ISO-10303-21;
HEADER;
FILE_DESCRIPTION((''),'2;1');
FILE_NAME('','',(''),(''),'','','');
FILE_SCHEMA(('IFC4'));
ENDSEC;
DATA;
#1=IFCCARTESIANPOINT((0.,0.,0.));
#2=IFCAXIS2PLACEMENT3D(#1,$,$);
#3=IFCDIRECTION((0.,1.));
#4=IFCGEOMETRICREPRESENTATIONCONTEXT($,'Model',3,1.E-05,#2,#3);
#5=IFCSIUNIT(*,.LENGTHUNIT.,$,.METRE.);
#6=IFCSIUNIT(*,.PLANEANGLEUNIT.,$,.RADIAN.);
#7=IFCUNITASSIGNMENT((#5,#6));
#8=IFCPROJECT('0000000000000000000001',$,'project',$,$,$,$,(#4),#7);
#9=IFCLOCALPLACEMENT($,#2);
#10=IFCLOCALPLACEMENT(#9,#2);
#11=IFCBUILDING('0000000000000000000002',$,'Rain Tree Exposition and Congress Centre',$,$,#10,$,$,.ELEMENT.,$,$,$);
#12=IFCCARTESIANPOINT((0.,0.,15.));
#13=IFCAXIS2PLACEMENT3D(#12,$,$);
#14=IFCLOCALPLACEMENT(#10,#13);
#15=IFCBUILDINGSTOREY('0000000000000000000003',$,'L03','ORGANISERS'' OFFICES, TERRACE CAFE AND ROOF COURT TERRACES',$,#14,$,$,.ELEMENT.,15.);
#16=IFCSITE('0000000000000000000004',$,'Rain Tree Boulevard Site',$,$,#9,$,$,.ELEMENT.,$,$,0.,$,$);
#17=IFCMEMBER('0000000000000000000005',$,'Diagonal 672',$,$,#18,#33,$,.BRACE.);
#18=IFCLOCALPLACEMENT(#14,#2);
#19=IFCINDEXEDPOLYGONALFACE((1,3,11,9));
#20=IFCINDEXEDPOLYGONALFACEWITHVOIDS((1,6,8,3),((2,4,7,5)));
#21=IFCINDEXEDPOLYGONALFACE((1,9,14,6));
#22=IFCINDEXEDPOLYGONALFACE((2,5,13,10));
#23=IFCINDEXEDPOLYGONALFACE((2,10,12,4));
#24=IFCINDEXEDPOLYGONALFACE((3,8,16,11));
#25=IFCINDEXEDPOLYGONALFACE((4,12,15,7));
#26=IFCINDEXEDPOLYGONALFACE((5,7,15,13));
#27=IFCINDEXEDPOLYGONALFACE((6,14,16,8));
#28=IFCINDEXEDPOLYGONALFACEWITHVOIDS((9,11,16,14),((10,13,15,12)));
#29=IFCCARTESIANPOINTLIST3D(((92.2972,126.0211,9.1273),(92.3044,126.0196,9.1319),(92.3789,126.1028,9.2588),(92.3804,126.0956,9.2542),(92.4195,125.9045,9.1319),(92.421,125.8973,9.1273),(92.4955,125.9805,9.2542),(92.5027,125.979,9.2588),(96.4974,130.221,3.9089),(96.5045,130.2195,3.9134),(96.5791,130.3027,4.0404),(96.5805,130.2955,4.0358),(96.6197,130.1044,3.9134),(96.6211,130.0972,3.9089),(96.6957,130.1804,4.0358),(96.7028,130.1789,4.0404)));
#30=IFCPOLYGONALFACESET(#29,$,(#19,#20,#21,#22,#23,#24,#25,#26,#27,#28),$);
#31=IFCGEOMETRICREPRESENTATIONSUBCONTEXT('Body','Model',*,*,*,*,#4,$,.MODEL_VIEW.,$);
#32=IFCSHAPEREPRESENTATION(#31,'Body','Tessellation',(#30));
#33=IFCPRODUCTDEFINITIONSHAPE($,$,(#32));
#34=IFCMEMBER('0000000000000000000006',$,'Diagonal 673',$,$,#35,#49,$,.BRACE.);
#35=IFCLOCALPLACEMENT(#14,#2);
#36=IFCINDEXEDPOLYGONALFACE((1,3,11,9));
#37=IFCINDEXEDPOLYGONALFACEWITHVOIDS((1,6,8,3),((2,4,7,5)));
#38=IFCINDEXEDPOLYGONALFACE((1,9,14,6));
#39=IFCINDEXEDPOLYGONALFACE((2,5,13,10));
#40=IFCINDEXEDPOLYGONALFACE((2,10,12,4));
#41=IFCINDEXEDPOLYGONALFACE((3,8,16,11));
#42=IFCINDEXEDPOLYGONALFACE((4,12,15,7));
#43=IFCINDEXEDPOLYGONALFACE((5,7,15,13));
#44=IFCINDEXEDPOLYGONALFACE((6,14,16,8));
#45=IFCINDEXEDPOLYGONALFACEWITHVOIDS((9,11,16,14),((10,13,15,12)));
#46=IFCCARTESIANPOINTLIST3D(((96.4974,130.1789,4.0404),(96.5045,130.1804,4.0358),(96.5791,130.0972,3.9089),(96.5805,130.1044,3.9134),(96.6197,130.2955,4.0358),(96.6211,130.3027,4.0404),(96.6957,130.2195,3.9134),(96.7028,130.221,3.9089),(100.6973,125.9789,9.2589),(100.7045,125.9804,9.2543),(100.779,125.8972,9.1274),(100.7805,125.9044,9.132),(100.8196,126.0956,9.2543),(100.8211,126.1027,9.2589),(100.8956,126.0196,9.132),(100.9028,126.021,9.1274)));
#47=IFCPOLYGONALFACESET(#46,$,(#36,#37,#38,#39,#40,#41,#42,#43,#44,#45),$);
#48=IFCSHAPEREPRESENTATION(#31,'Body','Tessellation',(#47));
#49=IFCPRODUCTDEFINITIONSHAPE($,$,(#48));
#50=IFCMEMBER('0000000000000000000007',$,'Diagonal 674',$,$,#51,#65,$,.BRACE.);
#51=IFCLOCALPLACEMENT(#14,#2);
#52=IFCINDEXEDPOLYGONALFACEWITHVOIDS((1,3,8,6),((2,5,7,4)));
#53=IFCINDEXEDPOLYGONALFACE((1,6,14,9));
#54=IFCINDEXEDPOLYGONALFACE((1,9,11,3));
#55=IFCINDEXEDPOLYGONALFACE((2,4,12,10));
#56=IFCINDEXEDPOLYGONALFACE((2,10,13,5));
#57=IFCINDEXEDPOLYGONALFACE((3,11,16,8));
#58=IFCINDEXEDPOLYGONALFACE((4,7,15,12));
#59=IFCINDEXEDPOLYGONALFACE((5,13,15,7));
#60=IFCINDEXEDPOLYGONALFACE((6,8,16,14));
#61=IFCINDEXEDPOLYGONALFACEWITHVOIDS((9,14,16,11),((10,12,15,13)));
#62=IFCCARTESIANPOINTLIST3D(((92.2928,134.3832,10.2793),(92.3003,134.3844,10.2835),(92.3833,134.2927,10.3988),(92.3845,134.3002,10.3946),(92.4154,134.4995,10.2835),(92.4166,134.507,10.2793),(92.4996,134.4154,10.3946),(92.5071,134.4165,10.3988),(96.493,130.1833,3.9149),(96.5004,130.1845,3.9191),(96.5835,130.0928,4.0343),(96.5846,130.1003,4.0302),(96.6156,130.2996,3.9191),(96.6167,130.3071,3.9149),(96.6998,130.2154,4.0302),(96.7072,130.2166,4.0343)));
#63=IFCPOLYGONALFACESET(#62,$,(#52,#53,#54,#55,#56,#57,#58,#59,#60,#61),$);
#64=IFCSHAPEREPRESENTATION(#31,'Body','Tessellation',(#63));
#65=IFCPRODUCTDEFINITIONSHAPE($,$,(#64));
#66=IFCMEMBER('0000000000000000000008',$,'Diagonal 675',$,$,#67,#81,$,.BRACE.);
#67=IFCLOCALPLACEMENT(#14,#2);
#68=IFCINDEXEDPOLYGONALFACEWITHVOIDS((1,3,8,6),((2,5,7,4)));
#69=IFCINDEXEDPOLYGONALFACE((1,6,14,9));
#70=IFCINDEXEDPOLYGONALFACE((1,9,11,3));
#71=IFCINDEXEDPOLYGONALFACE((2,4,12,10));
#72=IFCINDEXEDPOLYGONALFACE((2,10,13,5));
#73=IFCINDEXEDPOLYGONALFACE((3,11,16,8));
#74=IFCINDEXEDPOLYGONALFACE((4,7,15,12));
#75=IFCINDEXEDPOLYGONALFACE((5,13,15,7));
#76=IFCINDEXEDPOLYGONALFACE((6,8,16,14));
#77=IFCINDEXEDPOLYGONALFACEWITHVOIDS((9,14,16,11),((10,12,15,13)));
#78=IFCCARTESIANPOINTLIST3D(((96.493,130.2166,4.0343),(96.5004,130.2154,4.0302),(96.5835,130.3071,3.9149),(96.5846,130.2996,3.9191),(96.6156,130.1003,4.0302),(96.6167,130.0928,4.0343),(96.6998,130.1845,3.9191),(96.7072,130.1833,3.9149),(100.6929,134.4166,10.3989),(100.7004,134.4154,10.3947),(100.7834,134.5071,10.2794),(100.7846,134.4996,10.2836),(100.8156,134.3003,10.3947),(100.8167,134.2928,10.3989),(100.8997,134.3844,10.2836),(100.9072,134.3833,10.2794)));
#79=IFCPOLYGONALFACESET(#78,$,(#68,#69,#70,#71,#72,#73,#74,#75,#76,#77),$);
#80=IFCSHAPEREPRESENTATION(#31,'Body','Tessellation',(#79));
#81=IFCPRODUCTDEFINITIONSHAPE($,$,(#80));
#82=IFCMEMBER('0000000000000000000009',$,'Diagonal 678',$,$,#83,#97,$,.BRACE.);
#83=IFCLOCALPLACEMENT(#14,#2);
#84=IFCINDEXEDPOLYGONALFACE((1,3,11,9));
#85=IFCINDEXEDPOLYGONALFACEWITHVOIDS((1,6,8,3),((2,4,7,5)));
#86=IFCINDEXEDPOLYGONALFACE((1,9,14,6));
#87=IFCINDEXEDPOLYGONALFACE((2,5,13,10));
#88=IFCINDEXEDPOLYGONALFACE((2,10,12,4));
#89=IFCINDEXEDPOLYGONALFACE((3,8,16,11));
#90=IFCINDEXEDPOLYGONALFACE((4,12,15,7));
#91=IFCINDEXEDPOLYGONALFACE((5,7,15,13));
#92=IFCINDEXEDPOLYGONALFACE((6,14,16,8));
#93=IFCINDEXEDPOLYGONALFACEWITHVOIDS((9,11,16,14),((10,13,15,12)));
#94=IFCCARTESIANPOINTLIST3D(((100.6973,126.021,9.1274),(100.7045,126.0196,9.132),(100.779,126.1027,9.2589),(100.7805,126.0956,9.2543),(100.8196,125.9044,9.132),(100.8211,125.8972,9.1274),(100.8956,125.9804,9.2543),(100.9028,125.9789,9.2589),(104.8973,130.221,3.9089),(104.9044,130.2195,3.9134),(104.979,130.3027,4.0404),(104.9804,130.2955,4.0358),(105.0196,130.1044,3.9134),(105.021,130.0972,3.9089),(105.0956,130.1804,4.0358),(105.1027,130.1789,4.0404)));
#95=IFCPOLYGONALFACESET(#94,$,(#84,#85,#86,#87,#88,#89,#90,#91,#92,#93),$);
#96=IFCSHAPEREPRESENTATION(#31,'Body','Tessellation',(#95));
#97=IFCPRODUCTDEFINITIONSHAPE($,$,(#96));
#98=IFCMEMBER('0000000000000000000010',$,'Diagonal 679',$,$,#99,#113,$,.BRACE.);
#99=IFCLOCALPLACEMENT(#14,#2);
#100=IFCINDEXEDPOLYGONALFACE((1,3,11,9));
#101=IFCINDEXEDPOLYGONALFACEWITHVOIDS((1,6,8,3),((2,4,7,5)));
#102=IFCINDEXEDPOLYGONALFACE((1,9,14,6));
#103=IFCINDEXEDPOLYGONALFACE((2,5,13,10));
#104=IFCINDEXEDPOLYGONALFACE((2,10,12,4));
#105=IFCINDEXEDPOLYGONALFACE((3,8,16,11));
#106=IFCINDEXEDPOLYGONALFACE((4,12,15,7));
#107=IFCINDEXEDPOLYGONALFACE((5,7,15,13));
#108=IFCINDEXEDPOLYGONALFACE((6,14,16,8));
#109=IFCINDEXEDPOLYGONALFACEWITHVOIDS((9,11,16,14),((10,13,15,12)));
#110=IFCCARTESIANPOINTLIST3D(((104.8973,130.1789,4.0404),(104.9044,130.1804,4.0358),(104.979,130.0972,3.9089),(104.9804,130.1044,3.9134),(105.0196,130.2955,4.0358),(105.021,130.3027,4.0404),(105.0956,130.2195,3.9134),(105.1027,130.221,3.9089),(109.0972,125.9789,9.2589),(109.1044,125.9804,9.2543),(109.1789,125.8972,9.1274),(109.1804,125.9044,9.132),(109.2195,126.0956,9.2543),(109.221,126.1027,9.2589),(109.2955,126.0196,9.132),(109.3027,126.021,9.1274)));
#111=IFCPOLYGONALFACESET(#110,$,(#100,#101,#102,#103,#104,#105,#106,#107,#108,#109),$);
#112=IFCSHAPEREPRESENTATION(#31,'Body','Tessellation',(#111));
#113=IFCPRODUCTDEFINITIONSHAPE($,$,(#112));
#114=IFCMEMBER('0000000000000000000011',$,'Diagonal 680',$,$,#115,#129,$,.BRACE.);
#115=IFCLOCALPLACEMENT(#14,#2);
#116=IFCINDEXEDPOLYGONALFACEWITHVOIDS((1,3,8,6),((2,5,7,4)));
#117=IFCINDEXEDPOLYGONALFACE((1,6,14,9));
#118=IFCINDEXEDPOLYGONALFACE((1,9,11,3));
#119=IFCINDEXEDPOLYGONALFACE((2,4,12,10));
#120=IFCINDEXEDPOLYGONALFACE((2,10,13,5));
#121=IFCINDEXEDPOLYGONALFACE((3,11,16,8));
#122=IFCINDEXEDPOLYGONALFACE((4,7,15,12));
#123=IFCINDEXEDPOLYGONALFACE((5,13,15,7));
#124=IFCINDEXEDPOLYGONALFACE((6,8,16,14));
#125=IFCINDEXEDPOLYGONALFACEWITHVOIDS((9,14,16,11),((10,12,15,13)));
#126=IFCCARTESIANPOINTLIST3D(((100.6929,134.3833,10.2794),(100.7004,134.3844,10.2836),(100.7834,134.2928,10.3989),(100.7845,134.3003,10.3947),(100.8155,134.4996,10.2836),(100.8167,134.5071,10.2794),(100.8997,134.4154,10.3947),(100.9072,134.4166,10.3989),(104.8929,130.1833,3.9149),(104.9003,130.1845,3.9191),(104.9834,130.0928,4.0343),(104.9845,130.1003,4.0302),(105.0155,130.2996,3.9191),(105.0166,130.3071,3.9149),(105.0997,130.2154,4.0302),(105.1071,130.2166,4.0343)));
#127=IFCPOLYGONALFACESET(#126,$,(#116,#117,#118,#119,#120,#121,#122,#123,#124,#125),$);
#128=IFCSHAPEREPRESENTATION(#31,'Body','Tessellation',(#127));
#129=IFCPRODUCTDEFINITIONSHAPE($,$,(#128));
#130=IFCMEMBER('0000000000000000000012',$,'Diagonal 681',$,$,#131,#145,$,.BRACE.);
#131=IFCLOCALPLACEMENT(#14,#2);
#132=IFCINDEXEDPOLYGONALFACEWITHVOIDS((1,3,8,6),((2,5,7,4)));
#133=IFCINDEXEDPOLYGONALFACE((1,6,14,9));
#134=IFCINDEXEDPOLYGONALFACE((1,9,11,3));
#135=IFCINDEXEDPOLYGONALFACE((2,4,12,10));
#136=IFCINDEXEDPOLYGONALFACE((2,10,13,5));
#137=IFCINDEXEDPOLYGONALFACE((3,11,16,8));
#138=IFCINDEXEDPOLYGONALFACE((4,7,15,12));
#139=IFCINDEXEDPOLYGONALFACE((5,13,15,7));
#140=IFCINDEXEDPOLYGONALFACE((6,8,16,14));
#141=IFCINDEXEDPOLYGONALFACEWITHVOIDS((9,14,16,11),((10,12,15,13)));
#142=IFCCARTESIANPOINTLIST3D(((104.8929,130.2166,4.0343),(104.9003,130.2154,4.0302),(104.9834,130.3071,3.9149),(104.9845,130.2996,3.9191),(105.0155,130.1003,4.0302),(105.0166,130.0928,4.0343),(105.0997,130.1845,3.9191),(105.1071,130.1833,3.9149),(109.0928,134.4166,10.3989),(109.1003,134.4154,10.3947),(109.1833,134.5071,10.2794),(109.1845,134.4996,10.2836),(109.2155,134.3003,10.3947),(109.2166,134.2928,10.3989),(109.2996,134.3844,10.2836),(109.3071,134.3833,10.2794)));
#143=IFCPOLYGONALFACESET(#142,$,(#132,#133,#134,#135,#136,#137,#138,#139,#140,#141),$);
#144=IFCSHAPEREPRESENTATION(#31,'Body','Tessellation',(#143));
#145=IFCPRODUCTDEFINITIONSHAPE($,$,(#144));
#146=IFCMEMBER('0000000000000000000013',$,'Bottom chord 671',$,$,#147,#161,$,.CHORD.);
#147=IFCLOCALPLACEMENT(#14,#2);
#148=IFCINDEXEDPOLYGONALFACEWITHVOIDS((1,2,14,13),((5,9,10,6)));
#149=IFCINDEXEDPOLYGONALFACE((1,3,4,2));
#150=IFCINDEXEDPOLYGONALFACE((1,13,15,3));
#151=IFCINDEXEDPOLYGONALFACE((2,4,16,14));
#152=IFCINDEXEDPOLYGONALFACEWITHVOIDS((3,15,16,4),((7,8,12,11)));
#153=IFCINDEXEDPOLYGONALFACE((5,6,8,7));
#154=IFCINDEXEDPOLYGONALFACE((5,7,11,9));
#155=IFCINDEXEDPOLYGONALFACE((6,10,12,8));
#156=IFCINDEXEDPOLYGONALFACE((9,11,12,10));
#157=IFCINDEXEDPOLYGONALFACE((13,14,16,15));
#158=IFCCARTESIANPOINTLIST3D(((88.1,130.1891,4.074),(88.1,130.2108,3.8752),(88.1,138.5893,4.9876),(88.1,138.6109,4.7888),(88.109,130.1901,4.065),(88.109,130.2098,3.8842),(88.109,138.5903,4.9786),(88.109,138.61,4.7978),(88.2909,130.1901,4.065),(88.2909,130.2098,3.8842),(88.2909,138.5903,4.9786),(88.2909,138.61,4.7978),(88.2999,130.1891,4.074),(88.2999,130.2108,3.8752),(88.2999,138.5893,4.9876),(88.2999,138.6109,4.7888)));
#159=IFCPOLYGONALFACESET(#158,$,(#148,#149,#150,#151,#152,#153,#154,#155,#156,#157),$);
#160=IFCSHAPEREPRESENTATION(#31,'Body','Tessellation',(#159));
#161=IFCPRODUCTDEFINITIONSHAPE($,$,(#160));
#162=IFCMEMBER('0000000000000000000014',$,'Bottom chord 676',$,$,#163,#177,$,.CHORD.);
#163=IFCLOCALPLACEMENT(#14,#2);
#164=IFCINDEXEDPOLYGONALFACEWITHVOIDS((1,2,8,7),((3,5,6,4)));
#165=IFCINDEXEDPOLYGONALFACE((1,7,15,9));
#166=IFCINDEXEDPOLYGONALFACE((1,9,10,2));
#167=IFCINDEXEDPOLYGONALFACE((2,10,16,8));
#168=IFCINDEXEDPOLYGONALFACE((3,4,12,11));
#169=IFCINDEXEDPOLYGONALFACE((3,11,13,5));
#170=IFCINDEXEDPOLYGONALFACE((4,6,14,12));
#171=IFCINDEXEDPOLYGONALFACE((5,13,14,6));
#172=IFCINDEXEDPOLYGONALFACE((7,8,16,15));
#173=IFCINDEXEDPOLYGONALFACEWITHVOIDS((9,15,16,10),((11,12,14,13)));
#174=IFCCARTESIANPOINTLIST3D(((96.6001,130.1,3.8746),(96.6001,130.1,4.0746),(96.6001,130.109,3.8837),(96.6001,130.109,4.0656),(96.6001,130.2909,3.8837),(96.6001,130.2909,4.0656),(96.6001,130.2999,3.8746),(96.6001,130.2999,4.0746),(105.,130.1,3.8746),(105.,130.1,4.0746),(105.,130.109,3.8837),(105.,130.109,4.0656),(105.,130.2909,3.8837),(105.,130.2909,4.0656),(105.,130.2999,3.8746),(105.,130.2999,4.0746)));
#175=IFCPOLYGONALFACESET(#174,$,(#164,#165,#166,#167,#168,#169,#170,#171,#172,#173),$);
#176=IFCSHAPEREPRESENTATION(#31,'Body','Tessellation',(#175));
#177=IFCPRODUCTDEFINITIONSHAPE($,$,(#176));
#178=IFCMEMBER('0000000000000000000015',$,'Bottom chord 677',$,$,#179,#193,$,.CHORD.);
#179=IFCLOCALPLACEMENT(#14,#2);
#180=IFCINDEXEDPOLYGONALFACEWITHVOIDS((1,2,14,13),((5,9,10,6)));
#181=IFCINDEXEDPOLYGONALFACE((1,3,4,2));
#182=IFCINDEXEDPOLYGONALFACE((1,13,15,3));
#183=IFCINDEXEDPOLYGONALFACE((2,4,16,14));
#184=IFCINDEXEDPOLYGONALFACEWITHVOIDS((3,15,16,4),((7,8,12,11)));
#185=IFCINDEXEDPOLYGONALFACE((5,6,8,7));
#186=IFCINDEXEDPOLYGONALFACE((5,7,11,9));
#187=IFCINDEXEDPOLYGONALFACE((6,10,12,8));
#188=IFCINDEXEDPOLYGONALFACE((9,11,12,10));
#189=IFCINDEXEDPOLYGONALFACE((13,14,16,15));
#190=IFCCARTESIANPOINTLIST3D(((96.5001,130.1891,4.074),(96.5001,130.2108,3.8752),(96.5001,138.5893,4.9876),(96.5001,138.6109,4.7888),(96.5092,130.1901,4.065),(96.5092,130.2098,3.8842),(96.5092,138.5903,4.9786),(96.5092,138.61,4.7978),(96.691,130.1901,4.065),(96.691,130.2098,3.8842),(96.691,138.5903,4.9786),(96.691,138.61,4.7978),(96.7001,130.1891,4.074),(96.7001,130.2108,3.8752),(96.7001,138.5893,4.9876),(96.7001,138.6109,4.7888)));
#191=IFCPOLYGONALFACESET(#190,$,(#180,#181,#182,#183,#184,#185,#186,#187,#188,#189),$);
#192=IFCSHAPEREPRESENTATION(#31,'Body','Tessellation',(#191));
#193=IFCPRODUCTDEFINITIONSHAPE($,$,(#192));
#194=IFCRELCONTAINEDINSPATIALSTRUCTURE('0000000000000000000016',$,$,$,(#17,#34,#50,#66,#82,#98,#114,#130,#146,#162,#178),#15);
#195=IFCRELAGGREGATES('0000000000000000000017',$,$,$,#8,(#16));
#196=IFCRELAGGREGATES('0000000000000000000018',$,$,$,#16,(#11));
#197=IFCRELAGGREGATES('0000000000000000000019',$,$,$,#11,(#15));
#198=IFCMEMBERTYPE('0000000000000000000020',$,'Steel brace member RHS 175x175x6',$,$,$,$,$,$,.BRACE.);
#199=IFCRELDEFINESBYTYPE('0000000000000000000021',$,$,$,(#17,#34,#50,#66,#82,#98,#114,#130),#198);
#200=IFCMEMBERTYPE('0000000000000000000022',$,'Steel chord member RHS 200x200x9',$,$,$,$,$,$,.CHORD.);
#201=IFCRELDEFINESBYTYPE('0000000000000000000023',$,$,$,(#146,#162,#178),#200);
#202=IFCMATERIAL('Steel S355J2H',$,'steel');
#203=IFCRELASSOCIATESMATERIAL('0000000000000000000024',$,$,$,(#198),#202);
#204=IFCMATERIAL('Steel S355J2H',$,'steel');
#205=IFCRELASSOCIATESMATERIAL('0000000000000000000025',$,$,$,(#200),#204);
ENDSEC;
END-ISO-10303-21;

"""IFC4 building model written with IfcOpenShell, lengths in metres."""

from ifc_helpers import new_model, si_unit, direction, frame, origin, origin_2d, place, context, subcontext, project, spatial, hollow_rectangle, extrude, material, material_profile, profile_set, type_object, element, save


model = new_model("IFC4")

# Units and contexts
model_context = context("Model", 3, precision=1e-05, world=origin(), true_north=direction((0.0, 1.0)))
body_context = subcontext(model_context, "Body", "Model", "MODEL_VIEW")
ifc_project = project(units=[si_unit("LENGTHUNIT", "METRE"), si_unit("PLANEANGLEUNIT", "RADIAN")], contexts=[model_context])

# Site, building, storey
site_placement = place(None, origin())
site = spatial("IfcSite", under=ifc_project, at=site_placement, Name="Rain Tree Boulevard Site", CompositionType="ELEMENT", RefElevation=0.0)
building_placement = place(site_placement, origin())
building = spatial("IfcBuilding", under=site, at=building_placement, Name="Rain Tree Exposition and Congress Centre", CompositionType="ELEMENT")
storey_placement = place(building_placement, frame((0.0, 0.0, 15.0)))
storey = spatial("IfcBuildingStorey", under=building, at=storey_placement, Name="L03", Description="ORGANISERS' OFFICES, TERRACE CAFE AND ROOF COURT TERRACES", CompositionType="ELEMENT", Elevation=15.0)

# Members
ifc_material_1 = material(Name="Steel S355J2H", Category="steel")
ifc_material_profile_1 = material_profile(ifc_material_1, hollow_rectangle(XDim=0.175, YDim=0.175, WallThickness=0.0061, at=origin_2d()), Name="RHS 175x175x6")
ifc_profile_set_1 = profile_set([ifc_material_profile_1], Name="Steel S355J2H")
member_type_1 = type_object("IfcMemberType", Name="Steel brace member RHS 175x175x6", PredefinedType="BRACE", material=ifc_profile_set_1)
for number, where, z_axis, x_axis, name in (
    (1, (96.6001, 130.2, 3.9746), (-0.531228, -0.531197, 0.66002), (0.707086, -0.707127, 0.0), "Diagonal 672"),
    (2, (96.6001, 130.2, 3.9746), (0.531206, -0.531206, 0.660031), (0.707107, 0.707107, 0.0), "Diagonal 673"),
):
    element("IfcMember", number, at=place(storey_placement, frame(where, z_axis=z_axis, x_axis=x_axis)), inside=storey, type_object=member_type_1, Name=name, PredefinedType="BRACE", context=body_context, shape_type="SweptSolid", body=[
        extrude(hollow_rectangle(XDim=0.175, YDim=0.175, WallThickness=0.0061, at=origin_2d()), origin(), (0.0, 0.0, 1.0), 7.9065),
    ])
for number, where, z_axis, x_axis, name in (
    (3, (96.6001, 130.2, 3.9746), (-0.482468, 0.48244, 0.731078), (-0.707086, -0.707127, 0.0), "Diagonal 674"),
    (4, (96.6001, 130.2, 3.9746), (0.482447, 0.482447, 0.731088), (-0.707107, 0.707107, 0.0), "Diagonal 675"),
):
    element("IfcMember", number, at=place(storey_placement, frame(where, z_axis=z_axis, x_axis=x_axis)), inside=storey, type_object=member_type_1, Name=name, PredefinedType="BRACE", context=body_context, shape_type="SweptSolid", body=[
        extrude(hollow_rectangle(XDim=0.175, YDim=0.175, WallThickness=0.0061, at=origin_2d()), origin(), (0.0, 0.0, 1.0), 8.7056),
    ])
for number, where, z_axis, x_axis, name in (
    (5, (105.0, 130.2, 3.9746), (-0.531206, -0.531206, 0.660031), (0.707107, -0.707107, 0.0), "Diagonal 678"),
    (6, (105.0, 130.2, 3.9746), (0.531206, -0.531206, 0.660031), (0.707107, 0.707107, 0.0), "Diagonal 679"),
):
    element("IfcMember", number, at=place(storey_placement, frame(where, z_axis=z_axis, x_axis=x_axis)), inside=storey, type_object=member_type_1, Name=name, PredefinedType="BRACE", context=body_context, shape_type="SweptSolid", body=[
        extrude(hollow_rectangle(XDim=0.175, YDim=0.175, WallThickness=0.0061, at=origin_2d()), origin(), (0.0, 0.0, 1.0), 7.9065),
    ])
for number, where, z_axis, x_axis, name in (
    (7, (105.0, 130.2, 3.9746), (-0.482447, 0.482447, 0.731088), (-0.707107, -0.707107, 0.0), "Diagonal 680"),
    (8, (105.0, 130.2, 3.9746), (0.482447, 0.482447, 0.731088), (-0.707107, 0.707107, 0.0), "Diagonal 681"),
):
    element("IfcMember", number, at=place(storey_placement, frame(where, z_axis=z_axis, x_axis=x_axis)), inside=storey, type_object=member_type_1, Name=name, PredefinedType="BRACE", context=body_context, shape_type="SweptSolid", body=[
        extrude(hollow_rectangle(XDim=0.175, YDim=0.175, WallThickness=0.0061, at=origin_2d()), origin(), (0.0, 0.0, 1.0), 8.7056),
    ])
ifc_material_2 = material(Name="Steel S355J2H", Category="steel")
ifc_material_profile_2 = material_profile(ifc_material_2, hollow_rectangle(XDim=0.2, YDim=0.2, WallThickness=0.009, at=origin_2d()), Name="RHS 200x200x9")
ifc_profile_set_2 = profile_set([ifc_material_profile_2], Name="Steel S355J2H")
member_type_2 = type_object("IfcMemberType", Name="Steel chord member RHS 200x200x9", PredefinedType="CHORD", material=ifc_profile_set_2)
member_1_placement = place(storey_placement, frame((88.2, 130.2, 3.9746), z_axis=(0.0, 0.994138, 0.108119), x_axis=(-1.0, 0.0, 0.0)))
element("IfcMember", 9, at=member_1_placement, inside=storey, type_object=member_type_2, Name="Bottom chord 671", PredefinedType="CHORD", context=body_context, shape_type="SweptSolid", body=[
    extrude(hollow_rectangle(XDim=0.2, YDim=0.2, WallThickness=0.009, at=origin_2d()), origin(), (0.0, 0.0, 1.0), 8.4497),
])
member_2_placement = place(storey_placement, frame((96.6001, 130.2, 3.9746), z_axis=(1.0, 0.0, 0.0), x_axis=(0.0, 1.0, 0.0)))
element("IfcMember", 10, at=member_2_placement, inside=storey, type_object=member_type_2, Name="Bottom chord 676", PredefinedType="CHORD", context=body_context, shape_type="SweptSolid", body=[
    extrude(hollow_rectangle(XDim=0.2, YDim=0.2, WallThickness=0.009, at=origin_2d()), origin(), (0.0, 0.0, 1.0), 8.3999),
])
member_3_placement = place(storey_placement, frame((96.6001, 130.2, 3.9746), z_axis=(0.0, 0.994138, 0.108119), x_axis=(-1.0, 0.0, 0.0)))
element("IfcMember", 11, at=member_3_placement, inside=storey, type_object=member_type_2, Name="Bottom chord 677", PredefinedType="CHORD", context=body_context, shape_type="SweptSolid", body=[
    extrude(hollow_rectangle(XDim=0.2, YDim=0.2, WallThickness=0.009, at=origin_2d()), origin(), (0.0, 0.0, 1.0), 8.4497),
])

save(model, "model.ifc")
